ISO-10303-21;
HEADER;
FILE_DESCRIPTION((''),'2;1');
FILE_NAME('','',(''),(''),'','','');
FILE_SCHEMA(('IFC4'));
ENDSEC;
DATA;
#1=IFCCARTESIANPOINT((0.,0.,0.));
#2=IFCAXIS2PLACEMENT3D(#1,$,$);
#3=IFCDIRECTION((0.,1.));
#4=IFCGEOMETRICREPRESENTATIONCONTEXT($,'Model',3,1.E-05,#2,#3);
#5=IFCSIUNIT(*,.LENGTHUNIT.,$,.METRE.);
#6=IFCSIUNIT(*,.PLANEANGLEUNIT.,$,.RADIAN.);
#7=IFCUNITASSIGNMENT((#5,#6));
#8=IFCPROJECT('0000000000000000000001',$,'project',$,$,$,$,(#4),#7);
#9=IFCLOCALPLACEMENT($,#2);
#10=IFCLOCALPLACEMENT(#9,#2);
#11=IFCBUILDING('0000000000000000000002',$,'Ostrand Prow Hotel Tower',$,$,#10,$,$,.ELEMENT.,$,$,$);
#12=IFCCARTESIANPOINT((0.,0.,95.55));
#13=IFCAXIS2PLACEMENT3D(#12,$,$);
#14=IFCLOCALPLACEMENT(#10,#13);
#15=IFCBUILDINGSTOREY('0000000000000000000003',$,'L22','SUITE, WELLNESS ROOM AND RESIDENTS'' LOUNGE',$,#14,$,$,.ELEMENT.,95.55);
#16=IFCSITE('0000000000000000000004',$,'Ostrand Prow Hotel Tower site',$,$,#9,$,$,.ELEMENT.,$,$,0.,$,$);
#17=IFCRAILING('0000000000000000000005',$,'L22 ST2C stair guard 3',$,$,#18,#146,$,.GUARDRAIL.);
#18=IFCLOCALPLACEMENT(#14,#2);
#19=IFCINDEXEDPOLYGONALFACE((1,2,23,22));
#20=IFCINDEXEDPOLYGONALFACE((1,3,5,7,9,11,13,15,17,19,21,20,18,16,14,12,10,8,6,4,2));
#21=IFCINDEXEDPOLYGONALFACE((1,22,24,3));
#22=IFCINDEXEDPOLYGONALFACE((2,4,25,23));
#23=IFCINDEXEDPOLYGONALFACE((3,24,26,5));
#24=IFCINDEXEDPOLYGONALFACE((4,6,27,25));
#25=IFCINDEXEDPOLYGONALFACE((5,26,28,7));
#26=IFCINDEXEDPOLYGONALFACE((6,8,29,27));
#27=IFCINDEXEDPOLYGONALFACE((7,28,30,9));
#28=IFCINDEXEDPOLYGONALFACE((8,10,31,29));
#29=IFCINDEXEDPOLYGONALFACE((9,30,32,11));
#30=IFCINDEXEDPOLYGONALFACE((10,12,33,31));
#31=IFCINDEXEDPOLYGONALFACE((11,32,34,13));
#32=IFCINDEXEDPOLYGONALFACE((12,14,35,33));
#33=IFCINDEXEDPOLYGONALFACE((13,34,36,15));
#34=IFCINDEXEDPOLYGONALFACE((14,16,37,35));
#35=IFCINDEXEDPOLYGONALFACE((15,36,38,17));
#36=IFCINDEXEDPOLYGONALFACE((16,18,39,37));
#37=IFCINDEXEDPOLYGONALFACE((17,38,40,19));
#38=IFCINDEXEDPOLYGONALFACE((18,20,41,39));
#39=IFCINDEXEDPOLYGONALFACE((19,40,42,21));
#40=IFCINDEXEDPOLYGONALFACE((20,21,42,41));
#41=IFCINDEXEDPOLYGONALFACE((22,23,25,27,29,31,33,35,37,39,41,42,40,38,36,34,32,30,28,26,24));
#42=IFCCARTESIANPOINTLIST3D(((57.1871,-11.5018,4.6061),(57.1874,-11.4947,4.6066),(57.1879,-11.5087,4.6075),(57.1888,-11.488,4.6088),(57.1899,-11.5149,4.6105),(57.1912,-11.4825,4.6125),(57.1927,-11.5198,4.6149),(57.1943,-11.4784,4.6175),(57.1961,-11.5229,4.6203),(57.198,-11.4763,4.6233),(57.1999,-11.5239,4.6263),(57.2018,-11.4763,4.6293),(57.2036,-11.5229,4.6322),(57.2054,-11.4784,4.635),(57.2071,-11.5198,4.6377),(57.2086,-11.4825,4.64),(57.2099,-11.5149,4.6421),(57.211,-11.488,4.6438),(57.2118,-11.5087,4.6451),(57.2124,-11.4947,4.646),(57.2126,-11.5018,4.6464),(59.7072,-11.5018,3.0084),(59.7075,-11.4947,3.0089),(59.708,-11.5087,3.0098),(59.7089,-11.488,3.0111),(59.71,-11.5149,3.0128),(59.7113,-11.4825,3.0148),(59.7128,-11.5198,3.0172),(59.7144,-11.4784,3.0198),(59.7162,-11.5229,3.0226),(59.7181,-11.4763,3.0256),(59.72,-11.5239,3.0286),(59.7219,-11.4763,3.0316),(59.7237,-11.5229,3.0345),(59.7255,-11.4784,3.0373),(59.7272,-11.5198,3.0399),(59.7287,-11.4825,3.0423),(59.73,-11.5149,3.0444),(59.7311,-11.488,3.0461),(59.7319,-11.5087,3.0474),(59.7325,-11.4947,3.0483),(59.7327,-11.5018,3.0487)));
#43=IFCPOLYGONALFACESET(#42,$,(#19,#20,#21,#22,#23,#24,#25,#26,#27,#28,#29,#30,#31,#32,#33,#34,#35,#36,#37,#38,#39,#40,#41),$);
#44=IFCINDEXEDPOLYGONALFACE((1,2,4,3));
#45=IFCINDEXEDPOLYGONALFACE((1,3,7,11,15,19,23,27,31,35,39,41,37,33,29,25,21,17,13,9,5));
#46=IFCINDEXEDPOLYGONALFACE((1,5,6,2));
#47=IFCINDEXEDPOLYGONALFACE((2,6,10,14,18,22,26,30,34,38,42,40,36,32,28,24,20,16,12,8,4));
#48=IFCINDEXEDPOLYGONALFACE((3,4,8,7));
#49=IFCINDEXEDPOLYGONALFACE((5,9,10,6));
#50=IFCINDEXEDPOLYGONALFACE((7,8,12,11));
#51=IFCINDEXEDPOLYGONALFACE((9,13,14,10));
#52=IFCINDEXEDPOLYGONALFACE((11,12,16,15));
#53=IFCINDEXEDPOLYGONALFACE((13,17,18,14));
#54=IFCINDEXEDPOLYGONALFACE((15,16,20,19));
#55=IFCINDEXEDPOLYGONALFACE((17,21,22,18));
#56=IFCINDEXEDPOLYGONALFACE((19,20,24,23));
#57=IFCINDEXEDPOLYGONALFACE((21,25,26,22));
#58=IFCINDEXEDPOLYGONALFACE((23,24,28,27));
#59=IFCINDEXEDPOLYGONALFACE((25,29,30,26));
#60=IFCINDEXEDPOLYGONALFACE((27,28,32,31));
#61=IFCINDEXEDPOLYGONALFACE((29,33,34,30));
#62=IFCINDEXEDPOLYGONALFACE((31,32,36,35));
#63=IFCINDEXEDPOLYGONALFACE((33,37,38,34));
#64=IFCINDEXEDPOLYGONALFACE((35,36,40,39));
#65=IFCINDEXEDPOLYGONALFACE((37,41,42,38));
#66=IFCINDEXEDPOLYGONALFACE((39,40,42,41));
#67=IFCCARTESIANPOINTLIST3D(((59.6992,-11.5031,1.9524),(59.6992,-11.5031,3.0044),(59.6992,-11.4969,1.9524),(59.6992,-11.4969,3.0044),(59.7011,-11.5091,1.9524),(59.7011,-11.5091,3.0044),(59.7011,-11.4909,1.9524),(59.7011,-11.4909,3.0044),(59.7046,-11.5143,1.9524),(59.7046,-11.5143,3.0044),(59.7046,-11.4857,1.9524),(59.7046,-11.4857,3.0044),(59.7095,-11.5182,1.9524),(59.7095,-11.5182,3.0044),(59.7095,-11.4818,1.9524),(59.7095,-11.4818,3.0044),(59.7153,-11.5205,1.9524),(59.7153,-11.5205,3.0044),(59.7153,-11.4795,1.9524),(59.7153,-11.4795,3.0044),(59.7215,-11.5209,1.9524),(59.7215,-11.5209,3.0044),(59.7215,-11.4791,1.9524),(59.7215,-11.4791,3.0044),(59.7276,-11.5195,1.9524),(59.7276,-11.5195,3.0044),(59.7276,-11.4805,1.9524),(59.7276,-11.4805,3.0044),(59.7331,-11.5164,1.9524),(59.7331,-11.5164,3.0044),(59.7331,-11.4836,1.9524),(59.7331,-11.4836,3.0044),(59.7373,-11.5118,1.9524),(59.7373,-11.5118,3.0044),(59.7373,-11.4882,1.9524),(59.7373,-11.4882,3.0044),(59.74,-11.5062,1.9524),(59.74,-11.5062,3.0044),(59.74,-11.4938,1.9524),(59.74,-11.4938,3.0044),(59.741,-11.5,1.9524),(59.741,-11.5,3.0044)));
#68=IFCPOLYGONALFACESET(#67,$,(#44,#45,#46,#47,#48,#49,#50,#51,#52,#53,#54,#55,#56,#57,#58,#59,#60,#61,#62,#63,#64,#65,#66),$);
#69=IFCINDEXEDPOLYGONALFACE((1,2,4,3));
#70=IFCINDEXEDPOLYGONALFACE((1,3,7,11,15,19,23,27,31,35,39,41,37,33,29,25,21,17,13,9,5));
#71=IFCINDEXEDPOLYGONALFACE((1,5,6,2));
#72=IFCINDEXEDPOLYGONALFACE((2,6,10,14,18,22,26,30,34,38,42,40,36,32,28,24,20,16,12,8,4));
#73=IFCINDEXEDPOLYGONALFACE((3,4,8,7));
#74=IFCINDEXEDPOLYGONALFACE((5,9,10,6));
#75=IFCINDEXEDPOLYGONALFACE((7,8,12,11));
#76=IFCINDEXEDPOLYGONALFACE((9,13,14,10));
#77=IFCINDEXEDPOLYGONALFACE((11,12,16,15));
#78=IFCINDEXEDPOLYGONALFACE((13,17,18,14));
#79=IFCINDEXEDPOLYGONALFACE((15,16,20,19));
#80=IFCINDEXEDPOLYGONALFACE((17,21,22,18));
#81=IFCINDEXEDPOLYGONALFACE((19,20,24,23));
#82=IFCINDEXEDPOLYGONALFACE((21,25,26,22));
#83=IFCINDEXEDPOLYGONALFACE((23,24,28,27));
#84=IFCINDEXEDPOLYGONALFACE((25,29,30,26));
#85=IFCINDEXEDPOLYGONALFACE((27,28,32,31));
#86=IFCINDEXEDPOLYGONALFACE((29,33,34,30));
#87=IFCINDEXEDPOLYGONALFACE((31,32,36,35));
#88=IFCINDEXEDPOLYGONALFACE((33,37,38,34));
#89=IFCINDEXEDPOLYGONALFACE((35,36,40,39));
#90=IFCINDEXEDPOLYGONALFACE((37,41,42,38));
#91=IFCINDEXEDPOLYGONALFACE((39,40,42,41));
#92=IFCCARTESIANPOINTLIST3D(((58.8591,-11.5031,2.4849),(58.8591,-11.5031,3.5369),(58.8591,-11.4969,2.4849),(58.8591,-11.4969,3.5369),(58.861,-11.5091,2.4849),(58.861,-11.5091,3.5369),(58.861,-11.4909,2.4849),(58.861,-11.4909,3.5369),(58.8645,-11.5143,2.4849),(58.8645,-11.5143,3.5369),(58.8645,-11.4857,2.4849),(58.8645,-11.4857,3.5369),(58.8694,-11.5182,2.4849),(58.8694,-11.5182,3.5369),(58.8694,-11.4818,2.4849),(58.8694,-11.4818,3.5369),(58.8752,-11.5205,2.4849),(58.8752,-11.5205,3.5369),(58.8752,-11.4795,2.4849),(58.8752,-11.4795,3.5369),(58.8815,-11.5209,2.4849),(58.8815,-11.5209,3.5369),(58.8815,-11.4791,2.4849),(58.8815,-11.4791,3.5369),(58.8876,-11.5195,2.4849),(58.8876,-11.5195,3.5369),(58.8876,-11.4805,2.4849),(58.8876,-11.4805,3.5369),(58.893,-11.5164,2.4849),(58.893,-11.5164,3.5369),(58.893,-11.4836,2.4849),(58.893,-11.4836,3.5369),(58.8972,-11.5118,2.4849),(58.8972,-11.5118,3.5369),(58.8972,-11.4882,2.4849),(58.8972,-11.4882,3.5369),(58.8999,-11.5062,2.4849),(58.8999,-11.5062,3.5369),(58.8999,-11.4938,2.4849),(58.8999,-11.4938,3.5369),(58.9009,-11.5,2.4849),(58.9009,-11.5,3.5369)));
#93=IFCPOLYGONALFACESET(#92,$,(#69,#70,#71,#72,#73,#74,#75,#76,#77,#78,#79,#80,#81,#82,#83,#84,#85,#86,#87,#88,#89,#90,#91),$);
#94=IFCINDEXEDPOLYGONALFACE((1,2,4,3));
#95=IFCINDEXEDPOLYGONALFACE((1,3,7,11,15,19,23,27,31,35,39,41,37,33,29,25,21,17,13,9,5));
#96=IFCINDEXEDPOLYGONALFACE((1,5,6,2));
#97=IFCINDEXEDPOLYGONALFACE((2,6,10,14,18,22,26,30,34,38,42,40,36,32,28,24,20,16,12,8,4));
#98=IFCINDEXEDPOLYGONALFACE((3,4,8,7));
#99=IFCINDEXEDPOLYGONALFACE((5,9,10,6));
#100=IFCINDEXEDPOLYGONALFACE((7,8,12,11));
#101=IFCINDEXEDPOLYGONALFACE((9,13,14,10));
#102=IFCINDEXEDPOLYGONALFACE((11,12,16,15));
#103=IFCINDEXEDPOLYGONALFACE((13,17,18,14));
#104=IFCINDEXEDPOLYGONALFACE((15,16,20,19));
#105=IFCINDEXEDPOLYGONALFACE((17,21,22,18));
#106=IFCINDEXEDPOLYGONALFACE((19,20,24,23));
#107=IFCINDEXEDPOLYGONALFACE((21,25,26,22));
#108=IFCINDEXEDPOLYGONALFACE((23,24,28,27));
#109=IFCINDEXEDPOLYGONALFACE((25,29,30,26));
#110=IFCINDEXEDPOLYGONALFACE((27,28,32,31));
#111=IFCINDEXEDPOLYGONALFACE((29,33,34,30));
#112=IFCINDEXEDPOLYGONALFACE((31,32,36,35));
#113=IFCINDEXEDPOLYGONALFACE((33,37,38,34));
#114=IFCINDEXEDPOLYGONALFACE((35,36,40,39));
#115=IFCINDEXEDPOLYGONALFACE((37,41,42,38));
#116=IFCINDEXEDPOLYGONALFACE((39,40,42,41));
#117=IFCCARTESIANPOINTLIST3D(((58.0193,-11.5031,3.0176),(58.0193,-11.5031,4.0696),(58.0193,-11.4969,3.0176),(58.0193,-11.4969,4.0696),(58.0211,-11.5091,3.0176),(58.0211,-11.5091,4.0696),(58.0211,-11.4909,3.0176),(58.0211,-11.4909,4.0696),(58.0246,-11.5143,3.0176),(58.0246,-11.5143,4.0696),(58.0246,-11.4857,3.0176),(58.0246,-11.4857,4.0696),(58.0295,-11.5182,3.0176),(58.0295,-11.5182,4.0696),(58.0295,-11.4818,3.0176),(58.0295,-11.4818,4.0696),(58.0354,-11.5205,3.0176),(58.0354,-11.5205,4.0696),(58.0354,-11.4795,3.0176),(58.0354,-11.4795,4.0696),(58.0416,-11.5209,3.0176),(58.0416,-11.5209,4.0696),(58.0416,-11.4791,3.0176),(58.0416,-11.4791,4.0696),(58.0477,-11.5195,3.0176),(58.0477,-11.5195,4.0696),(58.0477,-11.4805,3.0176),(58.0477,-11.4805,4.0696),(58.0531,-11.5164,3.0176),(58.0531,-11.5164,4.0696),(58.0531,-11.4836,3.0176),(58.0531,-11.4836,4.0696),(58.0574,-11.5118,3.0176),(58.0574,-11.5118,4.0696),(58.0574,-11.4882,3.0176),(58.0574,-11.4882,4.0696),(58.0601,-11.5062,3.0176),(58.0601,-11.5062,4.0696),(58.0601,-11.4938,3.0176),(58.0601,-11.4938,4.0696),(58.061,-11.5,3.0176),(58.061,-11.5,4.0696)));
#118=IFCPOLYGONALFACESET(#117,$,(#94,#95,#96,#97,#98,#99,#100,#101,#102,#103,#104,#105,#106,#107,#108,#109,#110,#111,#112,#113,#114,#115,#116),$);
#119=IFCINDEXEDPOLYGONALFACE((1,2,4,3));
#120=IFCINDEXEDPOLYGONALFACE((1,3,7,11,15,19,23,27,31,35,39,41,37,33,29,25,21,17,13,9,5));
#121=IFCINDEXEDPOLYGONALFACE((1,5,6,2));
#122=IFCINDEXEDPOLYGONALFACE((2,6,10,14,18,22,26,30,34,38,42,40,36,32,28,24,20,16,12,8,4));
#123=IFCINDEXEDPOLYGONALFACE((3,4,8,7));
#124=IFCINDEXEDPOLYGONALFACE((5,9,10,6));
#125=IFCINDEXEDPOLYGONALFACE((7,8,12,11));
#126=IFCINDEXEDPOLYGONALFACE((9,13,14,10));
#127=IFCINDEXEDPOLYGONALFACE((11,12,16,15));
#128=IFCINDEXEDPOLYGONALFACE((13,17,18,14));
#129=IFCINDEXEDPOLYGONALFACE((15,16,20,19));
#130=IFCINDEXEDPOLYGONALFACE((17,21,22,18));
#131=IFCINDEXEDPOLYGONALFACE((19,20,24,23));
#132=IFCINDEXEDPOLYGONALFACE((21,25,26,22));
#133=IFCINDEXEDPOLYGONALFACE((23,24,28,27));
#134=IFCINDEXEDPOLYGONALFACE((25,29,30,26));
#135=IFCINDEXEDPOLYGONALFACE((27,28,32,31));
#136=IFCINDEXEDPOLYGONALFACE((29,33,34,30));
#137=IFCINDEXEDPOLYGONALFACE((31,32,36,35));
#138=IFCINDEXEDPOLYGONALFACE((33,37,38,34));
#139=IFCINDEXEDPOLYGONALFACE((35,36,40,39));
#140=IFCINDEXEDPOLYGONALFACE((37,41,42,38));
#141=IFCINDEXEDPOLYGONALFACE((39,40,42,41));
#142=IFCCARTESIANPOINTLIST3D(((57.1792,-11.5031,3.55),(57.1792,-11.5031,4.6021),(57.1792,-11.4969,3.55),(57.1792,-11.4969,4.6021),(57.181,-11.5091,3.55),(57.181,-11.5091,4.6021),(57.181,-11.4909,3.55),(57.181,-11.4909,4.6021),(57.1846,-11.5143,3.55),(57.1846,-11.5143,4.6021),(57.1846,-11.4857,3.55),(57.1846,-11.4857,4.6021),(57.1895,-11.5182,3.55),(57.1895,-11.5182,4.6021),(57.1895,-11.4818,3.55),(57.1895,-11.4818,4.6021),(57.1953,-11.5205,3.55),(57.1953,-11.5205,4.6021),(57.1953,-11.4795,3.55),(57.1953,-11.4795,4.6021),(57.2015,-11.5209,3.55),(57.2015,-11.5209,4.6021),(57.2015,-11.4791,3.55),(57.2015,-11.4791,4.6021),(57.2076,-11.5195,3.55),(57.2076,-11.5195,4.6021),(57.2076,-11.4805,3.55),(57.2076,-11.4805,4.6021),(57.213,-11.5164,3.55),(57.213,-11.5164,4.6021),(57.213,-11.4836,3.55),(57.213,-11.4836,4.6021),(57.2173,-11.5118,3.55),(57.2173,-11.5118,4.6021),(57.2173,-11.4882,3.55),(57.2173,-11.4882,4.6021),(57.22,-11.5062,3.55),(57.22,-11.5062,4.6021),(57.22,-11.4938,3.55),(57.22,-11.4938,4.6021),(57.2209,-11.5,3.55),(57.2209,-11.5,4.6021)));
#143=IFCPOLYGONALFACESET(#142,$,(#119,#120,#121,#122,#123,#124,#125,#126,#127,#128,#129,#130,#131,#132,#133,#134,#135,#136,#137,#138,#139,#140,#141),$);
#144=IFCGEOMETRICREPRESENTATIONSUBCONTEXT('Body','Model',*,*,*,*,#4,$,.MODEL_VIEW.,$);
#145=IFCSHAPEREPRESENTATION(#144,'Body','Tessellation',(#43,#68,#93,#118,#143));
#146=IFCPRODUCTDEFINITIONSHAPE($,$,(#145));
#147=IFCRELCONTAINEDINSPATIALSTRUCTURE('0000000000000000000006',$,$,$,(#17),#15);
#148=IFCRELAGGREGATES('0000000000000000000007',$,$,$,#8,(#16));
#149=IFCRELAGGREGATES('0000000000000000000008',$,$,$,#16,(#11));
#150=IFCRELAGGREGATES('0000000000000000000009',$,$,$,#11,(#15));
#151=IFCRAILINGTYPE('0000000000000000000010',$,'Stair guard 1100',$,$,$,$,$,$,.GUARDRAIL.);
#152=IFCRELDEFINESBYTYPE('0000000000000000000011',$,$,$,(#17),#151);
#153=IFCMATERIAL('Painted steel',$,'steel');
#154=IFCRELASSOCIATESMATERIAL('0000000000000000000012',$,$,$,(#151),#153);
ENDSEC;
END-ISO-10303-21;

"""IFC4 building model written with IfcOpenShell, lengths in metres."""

from ifc_helpers import new_model, si_unit, direction, frame, origin, origin_2d, place, context, subcontext, project, spatial, circle, extrude, material, type_object, element, save


model = new_model("IFC4")

# Units and contexts
model_context = context("Model", 3, precision=1e-05, world=origin(), true_north=direction((0.0, 1.0)))
body_context = subcontext(model_context, "Body", "Model", "MODEL_VIEW")
ifc_project = project(units=[si_unit("LENGTHUNIT", "METRE"), si_unit("PLANEANGLEUNIT", "RADIAN")], contexts=[model_context])

# Site, building, storey
site_placement = place(None, origin())
site = spatial("IfcSite", under=ifc_project, at=site_placement, Name="Ostrand Prow Hotel Tower site", CompositionType="ELEMENT", RefElevation=0.0)
building_placement = place(site_placement, origin())
building = spatial("IfcBuilding", under=site, at=building_placement, Name="Ostrand Prow Hotel Tower", CompositionType="ELEMENT")
storey_placement = place(building_placement, frame((0.0, 0.0, 95.55)))
storey = spatial("IfcBuildingStorey", under=building, at=storey_placement, Name="L22", Description="SUITE, WELLNESS ROOM AND RESIDENTS' LOUNGE", CompositionType="ELEMENT", Elevation=95.55)

# Railing
ifc_material_1 = material(Name="Painted steel", Category="steel")
railing_type_1 = type_object("IfcRailingType", Name="Stair guard 1100", PredefinedType="GUARDRAIL", material=ifc_material_1)
railing_1_placement = place(storey_placement, frame((59.72, -11.5, 1.9524)))
element("IfcRailing", 1, at=railing_1_placement, inside=storey, type_object=railing_type_1, Name="L22 ST2C stair guard 3", PredefinedType="GUARDRAIL", context=body_context, shape_type="SweptSolid", body=[
    extrude(circle(Radius=0.0239, at=origin_2d()), frame((0.0, 0.0, 1.0762), z_axis=(-0.84457, 0.0, 0.535445), x_axis=(0.0, -1.0, 0.0)), (0.0, 0.0, 1.0), 2.9839),
    extrude(circle(Radius=0.021, at=origin_2d()), origin(), (0.0, 0.0, 1.0), 1.052),
    extrude(circle(Radius=0.021, at=origin_2d()), frame((-0.8401, 0.0, 0.5325)), (0.0, 0.0, 1.0), 1.052),
    extrude(circle(Radius=0.021, at=origin_2d()), frame((-1.6799, 0.0, 1.0652)), (0.0, 0.0, 1.0), 1.052),
    extrude(circle(Radius=0.021, at=origin_2d()), frame((-2.52, 0.0, 1.5977)), (0.0, 0.0, 1.0), 1.052),
])

save(model, "model.ifc")
